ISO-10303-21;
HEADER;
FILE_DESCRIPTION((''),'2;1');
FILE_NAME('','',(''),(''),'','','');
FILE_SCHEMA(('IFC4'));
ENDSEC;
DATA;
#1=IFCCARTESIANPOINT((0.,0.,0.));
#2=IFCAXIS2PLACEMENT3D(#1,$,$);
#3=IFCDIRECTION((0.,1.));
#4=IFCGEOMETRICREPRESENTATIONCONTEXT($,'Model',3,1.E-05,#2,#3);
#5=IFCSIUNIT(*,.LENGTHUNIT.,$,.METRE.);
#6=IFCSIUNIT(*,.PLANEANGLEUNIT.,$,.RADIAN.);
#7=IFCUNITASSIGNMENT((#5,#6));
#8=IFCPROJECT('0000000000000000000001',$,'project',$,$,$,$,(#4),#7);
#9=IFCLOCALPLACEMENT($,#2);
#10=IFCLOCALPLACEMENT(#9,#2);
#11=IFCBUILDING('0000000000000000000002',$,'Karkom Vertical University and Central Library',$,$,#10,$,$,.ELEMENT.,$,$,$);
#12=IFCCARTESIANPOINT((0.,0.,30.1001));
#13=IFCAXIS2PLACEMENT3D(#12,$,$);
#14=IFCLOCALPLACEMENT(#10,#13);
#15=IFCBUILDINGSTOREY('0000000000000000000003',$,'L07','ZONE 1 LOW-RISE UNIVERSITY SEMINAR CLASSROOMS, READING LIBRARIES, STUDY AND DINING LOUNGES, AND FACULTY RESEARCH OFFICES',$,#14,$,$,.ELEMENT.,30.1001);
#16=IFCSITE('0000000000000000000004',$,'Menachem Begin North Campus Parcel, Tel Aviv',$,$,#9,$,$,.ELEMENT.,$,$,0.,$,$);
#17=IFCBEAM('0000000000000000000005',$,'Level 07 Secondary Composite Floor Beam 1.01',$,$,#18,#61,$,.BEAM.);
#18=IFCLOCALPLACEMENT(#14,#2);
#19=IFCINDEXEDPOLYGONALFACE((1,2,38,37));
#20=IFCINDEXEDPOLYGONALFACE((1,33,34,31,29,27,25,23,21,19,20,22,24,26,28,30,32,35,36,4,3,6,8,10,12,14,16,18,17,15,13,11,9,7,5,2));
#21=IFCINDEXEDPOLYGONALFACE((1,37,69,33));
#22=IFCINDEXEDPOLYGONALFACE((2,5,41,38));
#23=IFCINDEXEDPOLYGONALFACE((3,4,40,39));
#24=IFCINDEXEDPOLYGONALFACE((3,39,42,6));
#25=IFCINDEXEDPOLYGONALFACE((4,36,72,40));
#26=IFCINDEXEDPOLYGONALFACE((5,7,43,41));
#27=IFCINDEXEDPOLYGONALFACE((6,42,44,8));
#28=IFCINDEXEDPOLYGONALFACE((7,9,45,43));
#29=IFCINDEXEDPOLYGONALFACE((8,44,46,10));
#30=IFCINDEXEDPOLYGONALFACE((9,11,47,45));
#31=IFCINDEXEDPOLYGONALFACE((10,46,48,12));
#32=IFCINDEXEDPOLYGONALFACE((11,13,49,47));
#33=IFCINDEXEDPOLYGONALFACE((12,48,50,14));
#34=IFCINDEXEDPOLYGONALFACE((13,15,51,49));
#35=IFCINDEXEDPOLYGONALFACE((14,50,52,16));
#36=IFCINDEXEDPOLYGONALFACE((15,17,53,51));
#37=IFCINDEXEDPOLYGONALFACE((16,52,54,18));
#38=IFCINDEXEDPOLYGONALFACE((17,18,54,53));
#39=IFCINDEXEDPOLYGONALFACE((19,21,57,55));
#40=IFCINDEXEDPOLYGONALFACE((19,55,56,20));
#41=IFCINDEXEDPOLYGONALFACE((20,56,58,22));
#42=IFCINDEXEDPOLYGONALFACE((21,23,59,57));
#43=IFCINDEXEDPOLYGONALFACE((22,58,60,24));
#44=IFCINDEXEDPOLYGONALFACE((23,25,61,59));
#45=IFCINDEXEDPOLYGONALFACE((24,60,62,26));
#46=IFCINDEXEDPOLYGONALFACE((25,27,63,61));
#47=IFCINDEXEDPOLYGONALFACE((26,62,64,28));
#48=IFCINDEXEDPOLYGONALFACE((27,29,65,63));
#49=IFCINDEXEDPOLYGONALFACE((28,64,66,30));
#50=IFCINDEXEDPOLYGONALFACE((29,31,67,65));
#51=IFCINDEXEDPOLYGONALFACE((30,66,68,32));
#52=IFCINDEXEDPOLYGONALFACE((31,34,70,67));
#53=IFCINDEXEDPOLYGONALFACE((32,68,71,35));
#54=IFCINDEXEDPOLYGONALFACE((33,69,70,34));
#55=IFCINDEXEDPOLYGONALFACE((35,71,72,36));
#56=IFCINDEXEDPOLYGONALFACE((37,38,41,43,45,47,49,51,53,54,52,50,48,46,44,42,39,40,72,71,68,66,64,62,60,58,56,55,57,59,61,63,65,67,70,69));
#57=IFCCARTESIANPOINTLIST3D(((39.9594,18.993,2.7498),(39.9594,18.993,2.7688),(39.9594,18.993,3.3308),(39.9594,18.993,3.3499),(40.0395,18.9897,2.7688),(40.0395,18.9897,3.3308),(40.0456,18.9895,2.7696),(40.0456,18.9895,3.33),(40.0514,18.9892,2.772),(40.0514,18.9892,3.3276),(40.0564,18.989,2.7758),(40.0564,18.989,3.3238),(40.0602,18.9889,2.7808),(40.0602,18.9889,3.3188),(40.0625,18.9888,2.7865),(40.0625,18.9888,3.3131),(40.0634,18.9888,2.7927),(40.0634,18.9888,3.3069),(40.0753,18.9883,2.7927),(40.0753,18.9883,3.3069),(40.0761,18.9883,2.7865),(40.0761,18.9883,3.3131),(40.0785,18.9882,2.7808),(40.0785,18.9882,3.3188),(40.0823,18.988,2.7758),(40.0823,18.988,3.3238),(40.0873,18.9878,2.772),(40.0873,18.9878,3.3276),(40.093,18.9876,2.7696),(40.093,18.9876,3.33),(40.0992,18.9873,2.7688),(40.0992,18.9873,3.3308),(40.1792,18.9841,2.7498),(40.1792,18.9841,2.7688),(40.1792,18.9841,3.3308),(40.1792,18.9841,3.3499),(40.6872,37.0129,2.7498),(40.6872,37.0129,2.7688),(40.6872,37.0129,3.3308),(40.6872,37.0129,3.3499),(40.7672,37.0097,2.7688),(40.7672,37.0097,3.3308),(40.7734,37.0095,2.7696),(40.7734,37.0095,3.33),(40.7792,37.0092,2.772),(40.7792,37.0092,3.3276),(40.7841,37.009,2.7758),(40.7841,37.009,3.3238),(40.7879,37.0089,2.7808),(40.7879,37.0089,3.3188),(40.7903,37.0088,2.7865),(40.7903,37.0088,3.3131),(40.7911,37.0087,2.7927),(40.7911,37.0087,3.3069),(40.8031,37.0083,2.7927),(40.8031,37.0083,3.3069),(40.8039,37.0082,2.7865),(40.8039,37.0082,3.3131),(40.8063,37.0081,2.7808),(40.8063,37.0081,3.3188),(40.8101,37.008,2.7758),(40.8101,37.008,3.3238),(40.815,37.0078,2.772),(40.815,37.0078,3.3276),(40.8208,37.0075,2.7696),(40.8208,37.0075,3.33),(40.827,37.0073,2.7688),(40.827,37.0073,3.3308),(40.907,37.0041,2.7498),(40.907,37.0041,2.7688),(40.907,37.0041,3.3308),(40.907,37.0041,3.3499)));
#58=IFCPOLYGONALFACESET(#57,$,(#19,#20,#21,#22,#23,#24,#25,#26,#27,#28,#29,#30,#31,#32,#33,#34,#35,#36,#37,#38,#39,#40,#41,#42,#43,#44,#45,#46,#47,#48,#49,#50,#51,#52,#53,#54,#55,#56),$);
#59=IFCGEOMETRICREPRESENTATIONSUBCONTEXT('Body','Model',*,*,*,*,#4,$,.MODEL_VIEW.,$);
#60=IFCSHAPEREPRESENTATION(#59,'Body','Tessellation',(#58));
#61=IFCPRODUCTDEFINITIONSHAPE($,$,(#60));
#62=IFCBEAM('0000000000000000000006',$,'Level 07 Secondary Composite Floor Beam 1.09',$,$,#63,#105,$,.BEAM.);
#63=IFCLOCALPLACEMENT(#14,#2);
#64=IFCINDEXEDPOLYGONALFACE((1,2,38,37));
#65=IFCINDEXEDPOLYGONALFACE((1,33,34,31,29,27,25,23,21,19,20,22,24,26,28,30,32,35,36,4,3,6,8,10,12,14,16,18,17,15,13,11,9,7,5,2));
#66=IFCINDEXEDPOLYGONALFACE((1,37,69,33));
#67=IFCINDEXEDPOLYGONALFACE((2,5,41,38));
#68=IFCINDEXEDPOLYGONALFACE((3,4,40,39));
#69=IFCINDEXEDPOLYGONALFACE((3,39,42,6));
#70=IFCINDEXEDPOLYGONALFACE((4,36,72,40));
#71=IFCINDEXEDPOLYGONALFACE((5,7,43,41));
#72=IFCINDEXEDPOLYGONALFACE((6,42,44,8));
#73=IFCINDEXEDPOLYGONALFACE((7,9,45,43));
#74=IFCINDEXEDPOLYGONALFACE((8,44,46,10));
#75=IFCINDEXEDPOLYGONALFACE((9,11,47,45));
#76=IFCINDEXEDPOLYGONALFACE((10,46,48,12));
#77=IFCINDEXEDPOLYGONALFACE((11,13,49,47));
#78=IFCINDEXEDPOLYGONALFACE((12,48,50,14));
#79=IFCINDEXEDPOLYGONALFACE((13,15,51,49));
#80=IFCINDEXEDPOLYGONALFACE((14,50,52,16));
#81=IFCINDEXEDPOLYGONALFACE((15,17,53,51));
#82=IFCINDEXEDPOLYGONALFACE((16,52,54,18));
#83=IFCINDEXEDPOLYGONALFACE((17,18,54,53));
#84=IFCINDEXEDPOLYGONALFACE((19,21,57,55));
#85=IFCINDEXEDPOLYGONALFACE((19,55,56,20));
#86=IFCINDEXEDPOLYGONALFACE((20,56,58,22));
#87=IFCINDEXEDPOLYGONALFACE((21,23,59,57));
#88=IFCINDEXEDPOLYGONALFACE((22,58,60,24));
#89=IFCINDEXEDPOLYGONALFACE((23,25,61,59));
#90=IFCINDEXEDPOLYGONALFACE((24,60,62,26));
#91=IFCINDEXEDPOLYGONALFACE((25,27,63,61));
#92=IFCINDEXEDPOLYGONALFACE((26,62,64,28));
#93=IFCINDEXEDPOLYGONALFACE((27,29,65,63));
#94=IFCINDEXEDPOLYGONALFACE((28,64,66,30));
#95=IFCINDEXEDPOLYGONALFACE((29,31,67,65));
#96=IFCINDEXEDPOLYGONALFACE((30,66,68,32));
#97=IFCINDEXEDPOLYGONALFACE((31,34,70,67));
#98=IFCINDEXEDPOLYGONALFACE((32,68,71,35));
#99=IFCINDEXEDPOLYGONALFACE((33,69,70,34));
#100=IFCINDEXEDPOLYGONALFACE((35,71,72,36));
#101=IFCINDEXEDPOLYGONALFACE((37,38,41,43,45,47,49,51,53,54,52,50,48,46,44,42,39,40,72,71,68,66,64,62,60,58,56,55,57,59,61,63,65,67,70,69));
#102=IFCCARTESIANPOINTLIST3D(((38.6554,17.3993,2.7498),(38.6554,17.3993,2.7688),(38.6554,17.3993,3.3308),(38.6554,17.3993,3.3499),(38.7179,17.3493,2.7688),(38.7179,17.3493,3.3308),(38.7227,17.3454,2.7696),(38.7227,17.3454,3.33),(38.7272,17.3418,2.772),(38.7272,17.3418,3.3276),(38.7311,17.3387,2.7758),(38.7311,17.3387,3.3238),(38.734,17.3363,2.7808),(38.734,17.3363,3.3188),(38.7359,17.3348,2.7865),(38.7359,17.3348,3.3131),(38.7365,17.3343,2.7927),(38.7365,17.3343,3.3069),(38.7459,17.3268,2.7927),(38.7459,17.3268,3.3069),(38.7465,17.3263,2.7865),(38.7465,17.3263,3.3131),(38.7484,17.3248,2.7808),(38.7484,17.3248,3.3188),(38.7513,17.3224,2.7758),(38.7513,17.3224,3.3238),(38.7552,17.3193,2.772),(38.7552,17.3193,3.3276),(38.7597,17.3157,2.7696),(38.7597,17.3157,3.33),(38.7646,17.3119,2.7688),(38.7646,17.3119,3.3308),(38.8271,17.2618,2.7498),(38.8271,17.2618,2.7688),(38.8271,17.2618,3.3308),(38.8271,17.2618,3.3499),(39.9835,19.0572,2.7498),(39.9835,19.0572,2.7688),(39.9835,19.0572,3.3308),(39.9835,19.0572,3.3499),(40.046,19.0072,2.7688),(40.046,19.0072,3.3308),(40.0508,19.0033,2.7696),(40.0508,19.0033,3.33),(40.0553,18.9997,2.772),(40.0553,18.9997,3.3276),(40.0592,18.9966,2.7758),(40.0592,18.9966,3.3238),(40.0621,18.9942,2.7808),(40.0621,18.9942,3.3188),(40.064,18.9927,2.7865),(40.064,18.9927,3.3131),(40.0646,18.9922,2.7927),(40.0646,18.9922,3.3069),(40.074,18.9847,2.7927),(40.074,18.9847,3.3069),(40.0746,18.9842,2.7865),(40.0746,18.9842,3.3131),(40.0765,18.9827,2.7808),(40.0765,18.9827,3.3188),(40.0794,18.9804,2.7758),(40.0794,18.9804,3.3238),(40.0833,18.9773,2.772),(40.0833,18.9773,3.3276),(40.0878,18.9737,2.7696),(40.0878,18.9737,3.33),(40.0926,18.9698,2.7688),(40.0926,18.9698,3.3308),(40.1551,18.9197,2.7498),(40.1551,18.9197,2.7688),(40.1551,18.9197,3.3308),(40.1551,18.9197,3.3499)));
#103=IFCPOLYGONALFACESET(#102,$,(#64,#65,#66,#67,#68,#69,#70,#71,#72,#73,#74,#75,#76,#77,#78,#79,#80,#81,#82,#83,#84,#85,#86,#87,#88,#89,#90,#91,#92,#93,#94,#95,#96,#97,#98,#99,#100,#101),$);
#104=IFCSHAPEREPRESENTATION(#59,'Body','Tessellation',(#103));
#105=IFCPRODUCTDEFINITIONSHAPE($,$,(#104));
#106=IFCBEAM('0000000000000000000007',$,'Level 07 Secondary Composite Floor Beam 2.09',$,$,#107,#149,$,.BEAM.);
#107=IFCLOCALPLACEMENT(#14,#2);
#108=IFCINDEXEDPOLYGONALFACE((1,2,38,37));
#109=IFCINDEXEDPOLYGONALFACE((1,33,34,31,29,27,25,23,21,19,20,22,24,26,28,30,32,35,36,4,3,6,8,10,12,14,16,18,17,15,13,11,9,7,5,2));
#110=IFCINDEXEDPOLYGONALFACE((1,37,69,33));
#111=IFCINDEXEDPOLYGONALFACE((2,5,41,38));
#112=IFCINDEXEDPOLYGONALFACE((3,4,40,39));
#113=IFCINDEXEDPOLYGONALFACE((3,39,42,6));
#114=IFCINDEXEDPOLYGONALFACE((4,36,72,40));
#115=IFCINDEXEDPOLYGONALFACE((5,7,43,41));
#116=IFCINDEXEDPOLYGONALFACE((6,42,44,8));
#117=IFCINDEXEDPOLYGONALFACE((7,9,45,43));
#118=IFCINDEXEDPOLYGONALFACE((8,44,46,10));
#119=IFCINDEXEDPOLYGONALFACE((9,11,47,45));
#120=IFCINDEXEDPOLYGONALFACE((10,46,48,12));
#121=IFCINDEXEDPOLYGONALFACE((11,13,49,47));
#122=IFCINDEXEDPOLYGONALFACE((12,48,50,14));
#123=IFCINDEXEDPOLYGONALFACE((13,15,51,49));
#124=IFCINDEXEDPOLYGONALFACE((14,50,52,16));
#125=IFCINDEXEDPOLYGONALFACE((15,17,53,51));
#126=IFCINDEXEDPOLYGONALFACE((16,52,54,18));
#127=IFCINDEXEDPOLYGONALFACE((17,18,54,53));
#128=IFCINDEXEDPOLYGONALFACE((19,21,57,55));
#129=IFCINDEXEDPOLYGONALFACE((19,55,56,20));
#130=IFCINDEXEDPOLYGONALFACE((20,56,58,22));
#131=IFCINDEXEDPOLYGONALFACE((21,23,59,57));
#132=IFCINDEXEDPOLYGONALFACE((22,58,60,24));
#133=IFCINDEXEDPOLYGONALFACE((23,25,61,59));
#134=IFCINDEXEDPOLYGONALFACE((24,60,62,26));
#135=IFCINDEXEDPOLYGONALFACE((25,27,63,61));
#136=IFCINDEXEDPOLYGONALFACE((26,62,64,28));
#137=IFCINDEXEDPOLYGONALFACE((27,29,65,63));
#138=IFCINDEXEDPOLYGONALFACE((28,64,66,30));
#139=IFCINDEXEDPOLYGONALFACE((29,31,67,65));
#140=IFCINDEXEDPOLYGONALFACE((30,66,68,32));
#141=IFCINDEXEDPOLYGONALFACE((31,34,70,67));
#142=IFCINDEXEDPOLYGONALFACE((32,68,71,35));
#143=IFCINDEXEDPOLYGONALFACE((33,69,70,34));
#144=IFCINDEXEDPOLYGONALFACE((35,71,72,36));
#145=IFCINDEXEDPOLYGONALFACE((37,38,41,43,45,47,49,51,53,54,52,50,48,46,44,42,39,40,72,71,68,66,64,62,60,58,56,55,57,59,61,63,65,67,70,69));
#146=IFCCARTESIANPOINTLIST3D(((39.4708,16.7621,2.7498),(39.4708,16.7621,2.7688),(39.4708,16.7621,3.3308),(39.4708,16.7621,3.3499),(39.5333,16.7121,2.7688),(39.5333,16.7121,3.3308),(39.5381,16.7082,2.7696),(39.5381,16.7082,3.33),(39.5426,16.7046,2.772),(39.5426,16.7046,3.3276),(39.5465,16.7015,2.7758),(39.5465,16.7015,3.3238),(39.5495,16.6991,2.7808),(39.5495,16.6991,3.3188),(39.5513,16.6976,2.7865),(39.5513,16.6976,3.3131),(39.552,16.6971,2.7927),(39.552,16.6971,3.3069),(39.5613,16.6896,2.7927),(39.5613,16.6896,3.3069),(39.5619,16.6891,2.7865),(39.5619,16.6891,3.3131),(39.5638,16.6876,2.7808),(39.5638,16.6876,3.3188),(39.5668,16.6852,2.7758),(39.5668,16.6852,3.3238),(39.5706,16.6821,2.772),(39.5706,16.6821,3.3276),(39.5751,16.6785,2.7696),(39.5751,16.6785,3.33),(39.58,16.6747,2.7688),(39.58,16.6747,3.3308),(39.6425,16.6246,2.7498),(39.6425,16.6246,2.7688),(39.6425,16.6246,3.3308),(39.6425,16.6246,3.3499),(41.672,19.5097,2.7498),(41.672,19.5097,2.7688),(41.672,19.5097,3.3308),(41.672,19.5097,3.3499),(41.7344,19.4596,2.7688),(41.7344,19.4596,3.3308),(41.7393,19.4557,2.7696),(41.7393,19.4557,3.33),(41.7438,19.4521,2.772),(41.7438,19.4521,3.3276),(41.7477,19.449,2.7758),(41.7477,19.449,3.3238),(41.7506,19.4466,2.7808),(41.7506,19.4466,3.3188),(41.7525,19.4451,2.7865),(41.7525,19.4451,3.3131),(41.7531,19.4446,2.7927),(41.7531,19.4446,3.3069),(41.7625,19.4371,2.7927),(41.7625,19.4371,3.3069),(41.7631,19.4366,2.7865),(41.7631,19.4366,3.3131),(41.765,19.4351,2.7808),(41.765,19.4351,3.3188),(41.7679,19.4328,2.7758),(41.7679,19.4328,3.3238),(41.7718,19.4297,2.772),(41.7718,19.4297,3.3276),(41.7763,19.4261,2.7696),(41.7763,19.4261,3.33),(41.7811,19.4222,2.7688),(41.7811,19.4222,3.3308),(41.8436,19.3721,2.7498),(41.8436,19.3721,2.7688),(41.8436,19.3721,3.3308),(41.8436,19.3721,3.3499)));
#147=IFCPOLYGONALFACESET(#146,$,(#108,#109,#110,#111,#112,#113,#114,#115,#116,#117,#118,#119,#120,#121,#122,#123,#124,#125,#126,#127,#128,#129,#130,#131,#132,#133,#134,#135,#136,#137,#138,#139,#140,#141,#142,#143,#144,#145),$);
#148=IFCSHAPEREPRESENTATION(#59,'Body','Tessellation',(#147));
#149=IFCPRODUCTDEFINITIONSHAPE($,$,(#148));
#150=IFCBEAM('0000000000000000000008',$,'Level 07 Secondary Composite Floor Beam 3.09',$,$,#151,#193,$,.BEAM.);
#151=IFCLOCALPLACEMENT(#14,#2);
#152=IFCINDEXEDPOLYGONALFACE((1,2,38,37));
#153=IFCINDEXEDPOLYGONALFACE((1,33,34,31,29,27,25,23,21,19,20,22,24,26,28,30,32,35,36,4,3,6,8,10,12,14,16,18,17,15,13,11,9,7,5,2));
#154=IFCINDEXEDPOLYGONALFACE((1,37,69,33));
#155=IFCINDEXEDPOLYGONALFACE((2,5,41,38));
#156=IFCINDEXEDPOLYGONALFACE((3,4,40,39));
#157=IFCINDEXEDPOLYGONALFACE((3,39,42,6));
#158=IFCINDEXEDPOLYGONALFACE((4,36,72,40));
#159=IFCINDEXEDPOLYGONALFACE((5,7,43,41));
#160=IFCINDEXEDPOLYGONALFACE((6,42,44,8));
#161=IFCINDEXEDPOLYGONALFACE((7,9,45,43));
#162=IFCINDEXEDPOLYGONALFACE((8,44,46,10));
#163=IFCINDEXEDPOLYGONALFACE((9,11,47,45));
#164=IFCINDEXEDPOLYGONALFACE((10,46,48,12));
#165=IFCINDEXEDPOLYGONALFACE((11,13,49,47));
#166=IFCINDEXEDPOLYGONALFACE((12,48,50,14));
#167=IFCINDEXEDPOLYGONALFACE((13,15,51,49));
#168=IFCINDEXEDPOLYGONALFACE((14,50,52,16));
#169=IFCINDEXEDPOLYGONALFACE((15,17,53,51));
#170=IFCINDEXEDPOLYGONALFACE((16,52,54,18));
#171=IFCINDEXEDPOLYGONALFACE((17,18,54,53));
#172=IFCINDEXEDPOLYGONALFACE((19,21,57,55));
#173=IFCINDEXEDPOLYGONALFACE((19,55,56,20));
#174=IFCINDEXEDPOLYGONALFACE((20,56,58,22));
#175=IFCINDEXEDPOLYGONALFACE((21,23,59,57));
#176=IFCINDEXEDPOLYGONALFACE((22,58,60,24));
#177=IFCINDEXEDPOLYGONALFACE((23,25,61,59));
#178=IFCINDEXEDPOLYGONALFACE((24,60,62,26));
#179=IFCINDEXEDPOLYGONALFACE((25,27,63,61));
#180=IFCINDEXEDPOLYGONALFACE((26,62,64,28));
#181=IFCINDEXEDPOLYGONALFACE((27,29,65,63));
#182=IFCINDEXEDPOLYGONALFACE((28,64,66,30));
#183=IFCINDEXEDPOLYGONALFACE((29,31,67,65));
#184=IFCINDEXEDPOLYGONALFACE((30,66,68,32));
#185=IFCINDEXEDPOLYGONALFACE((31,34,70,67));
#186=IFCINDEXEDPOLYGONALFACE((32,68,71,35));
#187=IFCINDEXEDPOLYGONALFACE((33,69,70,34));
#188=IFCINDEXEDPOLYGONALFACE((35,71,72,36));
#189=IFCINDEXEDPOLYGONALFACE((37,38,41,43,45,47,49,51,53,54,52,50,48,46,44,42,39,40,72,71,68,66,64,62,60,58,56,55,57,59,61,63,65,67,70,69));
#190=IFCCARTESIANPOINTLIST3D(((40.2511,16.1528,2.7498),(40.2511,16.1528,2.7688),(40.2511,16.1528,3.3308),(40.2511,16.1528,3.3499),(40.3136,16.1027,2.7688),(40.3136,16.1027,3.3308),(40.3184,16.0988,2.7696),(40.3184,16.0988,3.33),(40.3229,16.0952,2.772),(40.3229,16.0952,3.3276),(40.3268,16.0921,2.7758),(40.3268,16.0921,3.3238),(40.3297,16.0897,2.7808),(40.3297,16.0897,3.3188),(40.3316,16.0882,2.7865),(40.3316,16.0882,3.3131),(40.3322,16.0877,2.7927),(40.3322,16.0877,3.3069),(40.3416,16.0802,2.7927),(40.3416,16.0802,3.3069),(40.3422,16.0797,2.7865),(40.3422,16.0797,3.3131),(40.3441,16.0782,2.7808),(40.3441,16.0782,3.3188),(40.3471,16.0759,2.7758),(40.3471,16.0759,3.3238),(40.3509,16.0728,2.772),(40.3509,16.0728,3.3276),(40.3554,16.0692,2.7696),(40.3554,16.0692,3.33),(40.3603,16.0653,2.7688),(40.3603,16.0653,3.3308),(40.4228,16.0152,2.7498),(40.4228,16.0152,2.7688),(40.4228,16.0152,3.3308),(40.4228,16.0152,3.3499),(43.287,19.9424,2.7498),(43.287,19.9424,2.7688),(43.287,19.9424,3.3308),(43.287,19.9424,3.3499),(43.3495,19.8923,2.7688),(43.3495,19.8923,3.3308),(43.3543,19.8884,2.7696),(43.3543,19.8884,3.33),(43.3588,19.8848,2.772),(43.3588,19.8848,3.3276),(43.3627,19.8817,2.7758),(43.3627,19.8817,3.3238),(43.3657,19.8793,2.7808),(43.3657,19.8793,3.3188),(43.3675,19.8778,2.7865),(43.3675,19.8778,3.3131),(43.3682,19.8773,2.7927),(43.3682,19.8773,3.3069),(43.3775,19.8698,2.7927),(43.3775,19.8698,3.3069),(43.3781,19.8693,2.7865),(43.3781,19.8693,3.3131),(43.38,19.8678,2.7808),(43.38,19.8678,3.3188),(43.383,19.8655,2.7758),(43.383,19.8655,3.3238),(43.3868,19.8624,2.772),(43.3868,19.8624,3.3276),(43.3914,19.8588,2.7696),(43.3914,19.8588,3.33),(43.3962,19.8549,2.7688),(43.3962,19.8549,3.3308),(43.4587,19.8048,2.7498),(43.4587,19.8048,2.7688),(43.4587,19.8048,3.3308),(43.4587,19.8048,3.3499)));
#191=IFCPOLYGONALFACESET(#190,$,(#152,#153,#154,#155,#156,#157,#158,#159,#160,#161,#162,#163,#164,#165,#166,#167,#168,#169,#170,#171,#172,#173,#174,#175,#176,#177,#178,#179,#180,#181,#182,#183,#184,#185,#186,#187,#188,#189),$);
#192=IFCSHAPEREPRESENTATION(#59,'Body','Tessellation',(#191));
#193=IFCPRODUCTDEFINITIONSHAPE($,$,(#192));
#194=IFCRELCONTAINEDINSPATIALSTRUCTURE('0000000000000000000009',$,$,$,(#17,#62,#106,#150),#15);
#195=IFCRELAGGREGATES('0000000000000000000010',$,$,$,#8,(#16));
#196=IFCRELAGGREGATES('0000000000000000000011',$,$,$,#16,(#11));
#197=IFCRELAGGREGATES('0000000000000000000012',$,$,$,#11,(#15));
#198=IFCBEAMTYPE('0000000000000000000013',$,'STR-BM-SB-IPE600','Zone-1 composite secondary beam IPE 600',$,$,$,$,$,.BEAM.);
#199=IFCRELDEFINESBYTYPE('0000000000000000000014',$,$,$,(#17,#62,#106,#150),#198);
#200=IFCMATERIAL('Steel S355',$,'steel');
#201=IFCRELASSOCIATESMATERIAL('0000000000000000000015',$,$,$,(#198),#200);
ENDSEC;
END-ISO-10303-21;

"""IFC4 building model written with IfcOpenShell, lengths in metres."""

from ifc_helpers import new_model, si_unit, direction, frame, origin, origin_with_axes, origin_2d, place, context, subcontext, project, spatial, i_section, extrude, source, transform, mapped, material, material_profile, profile_set, type_object, element, save


model = new_model("IFC4")

# Units and contexts
model_context = context("Model", 3, precision=1e-05, world=origin(), true_north=direction((0.0, 1.0)))
body_context = subcontext(model_context, "Body", "Model", "MODEL_VIEW")
ifc_project = project(units=[si_unit("LENGTHUNIT", "METRE"), si_unit("PLANEANGLEUNIT", "RADIAN")], contexts=[model_context])

# Site, building, storey
site_placement = place(None, origin())
site = spatial("IfcSite", under=ifc_project, at=site_placement, Name="Menachem Begin North Campus Parcel, Tel Aviv", CompositionType="ELEMENT", RefElevation=0.0)
building_placement = place(site_placement, origin())
building = spatial("IfcBuilding", under=site, at=building_placement, Name="Karkom Vertical University and Central Library", CompositionType="ELEMENT")
storey_placement = place(building_placement, frame((0.0, 0.0, 30.1001)))
storey = spatial("IfcBuildingStorey", under=building, at=storey_placement, Name="L07", Description="ZONE 1 LOW-RISE UNIVERSITY SEMINAR CLASSROOMS, READING LIBRARIES, STUDY AND DINING LOUNGES, AND FACULTY RESEARCH OFFICES", CompositionType="ELEMENT", Elevation=30.1001)

# Beams
ifc_material_1 = material(Name="Steel S355", Category="steel")
ifc_material_profile_1 = material_profile(ifc_material_1, i_section(OverallWidth=0.22, OverallDepth=0.6001, WebThickness=0.012, FlangeThickness=0.019, FilletRadius=0.0239, at=origin_2d()), Name="IPE 600")
ifc_profile_set_1 = profile_set([ifc_material_profile_1], Name="Steel S355")
beam_type_1 = type_object("IfcBeamType", Name="STR-BM-SB-IPE600", Description="Zone-1 composite secondary beam IPE 600", PredefinedType="BEAM", material=ifc_profile_set_1)
shared_shape_1 = source(origin_with_axes(), body_context, "Body", "SweptSolid", [
    extrude(i_section(OverallWidth=0.22, OverallDepth=0.6001, WebThickness=0.012, FlangeThickness=0.019, FilletRadius=0.0239, at=origin_2d()), origin(), (0.0, 0.0, 1.0), 18.0347),
])
beam_1_placement = place(storey_placement, frame((40.0693, 18.9885, 3.0498), z_axis=(0.040355, 0.999185, 0.0), x_axis=(-0.999185, 0.040355, 0.0)))
element("IfcBeam", 1, at=beam_1_placement, inside=storey, type_object=beam_type_1, Name="Level 07 Secondary Composite Floor Beam 1.01", PredefinedType="BEAM", context=body_context, shape_type="MappedRepresentation", body=[
    mapped(shared_shape_1, transform((0.0, 0.0, 0.0), scale=1.0)),
])
shared_shape_2 = source(origin_with_axes(), body_context, "Body", "SweptSolid", [
    extrude(i_section(OverallWidth=0.22, OverallDepth=0.6001, WebThickness=0.012, FlangeThickness=0.019, FilletRadius=0.0239, at=origin_2d()), origin(), (0.0, 0.0, 1.0), 2.1243),
])
beam_2_placement = place(storey_placement, frame((38.7412, 17.3306, 3.0498), z_axis=(0.625199, 0.780465, 0.0), x_axis=(-0.780465, 0.625199, 0.0)))
element("IfcBeam", 2, at=beam_2_placement, inside=storey, type_object=beam_type_1, Name="Level 07 Secondary Composite Floor Beam 1.09", PredefinedType="BEAM", context=body_context, shape_type="MappedRepresentation", body=[
    mapped(shared_shape_2, transform((0.0, 0.0, 0.0), scale=1.0)),
])
shared_shape_3 = source(origin_with_axes(), body_context, "Body", "SweptSolid", [
    extrude(i_section(OverallWidth=0.22, OverallDepth=0.6001, WebThickness=0.012, FlangeThickness=0.019, FilletRadius=0.0239, at=origin_2d()), origin(), (0.0, 0.0, 1.0), 3.5205),
])
beam_3_placement = place(storey_placement, frame((39.5566, 16.6934, 3.0498), z_axis=(0.625236, 0.780436, 0.0), x_axis=(-0.780436, 0.625236, 0.0)))
element("IfcBeam", 3, at=beam_3_placement, inside=storey, type_object=beam_type_1, Name="Level 07 Secondary Composite Floor Beam 2.09", PredefinedType="BEAM", context=body_context, shape_type="MappedRepresentation", body=[
    mapped(shared_shape_3, transform((0.0, 0.0, 0.0), scale=1.0)),
])
shared_shape_4 = source(origin_with_axes(), body_context, "Body", "SweptSolid", [
    extrude(i_section(OverallWidth=0.22, OverallDepth=0.6001, WebThickness=0.012, FlangeThickness=0.019, FilletRadius=0.0239, at=origin_2d()), origin(), (0.0, 0.0, 1.0), 4.8557),
])
beam_4_placement = place(storey_placement, frame((40.3369, 16.084, 3.0498), z_axis=(0.625228, 0.780442, 0.0), x_axis=(-0.780442, 0.625228, 0.0)))
element("IfcBeam", 4, at=beam_4_placement, inside=storey, type_object=beam_type_1, Name="Level 07 Secondary Composite Floor Beam 3.09", PredefinedType="BEAM", context=body_context, shape_type="MappedRepresentation", body=[
    mapped(shared_shape_4, transform((0.0, 0.0, 0.0), scale=1.0)),
])

save(model, "model.ifc")
